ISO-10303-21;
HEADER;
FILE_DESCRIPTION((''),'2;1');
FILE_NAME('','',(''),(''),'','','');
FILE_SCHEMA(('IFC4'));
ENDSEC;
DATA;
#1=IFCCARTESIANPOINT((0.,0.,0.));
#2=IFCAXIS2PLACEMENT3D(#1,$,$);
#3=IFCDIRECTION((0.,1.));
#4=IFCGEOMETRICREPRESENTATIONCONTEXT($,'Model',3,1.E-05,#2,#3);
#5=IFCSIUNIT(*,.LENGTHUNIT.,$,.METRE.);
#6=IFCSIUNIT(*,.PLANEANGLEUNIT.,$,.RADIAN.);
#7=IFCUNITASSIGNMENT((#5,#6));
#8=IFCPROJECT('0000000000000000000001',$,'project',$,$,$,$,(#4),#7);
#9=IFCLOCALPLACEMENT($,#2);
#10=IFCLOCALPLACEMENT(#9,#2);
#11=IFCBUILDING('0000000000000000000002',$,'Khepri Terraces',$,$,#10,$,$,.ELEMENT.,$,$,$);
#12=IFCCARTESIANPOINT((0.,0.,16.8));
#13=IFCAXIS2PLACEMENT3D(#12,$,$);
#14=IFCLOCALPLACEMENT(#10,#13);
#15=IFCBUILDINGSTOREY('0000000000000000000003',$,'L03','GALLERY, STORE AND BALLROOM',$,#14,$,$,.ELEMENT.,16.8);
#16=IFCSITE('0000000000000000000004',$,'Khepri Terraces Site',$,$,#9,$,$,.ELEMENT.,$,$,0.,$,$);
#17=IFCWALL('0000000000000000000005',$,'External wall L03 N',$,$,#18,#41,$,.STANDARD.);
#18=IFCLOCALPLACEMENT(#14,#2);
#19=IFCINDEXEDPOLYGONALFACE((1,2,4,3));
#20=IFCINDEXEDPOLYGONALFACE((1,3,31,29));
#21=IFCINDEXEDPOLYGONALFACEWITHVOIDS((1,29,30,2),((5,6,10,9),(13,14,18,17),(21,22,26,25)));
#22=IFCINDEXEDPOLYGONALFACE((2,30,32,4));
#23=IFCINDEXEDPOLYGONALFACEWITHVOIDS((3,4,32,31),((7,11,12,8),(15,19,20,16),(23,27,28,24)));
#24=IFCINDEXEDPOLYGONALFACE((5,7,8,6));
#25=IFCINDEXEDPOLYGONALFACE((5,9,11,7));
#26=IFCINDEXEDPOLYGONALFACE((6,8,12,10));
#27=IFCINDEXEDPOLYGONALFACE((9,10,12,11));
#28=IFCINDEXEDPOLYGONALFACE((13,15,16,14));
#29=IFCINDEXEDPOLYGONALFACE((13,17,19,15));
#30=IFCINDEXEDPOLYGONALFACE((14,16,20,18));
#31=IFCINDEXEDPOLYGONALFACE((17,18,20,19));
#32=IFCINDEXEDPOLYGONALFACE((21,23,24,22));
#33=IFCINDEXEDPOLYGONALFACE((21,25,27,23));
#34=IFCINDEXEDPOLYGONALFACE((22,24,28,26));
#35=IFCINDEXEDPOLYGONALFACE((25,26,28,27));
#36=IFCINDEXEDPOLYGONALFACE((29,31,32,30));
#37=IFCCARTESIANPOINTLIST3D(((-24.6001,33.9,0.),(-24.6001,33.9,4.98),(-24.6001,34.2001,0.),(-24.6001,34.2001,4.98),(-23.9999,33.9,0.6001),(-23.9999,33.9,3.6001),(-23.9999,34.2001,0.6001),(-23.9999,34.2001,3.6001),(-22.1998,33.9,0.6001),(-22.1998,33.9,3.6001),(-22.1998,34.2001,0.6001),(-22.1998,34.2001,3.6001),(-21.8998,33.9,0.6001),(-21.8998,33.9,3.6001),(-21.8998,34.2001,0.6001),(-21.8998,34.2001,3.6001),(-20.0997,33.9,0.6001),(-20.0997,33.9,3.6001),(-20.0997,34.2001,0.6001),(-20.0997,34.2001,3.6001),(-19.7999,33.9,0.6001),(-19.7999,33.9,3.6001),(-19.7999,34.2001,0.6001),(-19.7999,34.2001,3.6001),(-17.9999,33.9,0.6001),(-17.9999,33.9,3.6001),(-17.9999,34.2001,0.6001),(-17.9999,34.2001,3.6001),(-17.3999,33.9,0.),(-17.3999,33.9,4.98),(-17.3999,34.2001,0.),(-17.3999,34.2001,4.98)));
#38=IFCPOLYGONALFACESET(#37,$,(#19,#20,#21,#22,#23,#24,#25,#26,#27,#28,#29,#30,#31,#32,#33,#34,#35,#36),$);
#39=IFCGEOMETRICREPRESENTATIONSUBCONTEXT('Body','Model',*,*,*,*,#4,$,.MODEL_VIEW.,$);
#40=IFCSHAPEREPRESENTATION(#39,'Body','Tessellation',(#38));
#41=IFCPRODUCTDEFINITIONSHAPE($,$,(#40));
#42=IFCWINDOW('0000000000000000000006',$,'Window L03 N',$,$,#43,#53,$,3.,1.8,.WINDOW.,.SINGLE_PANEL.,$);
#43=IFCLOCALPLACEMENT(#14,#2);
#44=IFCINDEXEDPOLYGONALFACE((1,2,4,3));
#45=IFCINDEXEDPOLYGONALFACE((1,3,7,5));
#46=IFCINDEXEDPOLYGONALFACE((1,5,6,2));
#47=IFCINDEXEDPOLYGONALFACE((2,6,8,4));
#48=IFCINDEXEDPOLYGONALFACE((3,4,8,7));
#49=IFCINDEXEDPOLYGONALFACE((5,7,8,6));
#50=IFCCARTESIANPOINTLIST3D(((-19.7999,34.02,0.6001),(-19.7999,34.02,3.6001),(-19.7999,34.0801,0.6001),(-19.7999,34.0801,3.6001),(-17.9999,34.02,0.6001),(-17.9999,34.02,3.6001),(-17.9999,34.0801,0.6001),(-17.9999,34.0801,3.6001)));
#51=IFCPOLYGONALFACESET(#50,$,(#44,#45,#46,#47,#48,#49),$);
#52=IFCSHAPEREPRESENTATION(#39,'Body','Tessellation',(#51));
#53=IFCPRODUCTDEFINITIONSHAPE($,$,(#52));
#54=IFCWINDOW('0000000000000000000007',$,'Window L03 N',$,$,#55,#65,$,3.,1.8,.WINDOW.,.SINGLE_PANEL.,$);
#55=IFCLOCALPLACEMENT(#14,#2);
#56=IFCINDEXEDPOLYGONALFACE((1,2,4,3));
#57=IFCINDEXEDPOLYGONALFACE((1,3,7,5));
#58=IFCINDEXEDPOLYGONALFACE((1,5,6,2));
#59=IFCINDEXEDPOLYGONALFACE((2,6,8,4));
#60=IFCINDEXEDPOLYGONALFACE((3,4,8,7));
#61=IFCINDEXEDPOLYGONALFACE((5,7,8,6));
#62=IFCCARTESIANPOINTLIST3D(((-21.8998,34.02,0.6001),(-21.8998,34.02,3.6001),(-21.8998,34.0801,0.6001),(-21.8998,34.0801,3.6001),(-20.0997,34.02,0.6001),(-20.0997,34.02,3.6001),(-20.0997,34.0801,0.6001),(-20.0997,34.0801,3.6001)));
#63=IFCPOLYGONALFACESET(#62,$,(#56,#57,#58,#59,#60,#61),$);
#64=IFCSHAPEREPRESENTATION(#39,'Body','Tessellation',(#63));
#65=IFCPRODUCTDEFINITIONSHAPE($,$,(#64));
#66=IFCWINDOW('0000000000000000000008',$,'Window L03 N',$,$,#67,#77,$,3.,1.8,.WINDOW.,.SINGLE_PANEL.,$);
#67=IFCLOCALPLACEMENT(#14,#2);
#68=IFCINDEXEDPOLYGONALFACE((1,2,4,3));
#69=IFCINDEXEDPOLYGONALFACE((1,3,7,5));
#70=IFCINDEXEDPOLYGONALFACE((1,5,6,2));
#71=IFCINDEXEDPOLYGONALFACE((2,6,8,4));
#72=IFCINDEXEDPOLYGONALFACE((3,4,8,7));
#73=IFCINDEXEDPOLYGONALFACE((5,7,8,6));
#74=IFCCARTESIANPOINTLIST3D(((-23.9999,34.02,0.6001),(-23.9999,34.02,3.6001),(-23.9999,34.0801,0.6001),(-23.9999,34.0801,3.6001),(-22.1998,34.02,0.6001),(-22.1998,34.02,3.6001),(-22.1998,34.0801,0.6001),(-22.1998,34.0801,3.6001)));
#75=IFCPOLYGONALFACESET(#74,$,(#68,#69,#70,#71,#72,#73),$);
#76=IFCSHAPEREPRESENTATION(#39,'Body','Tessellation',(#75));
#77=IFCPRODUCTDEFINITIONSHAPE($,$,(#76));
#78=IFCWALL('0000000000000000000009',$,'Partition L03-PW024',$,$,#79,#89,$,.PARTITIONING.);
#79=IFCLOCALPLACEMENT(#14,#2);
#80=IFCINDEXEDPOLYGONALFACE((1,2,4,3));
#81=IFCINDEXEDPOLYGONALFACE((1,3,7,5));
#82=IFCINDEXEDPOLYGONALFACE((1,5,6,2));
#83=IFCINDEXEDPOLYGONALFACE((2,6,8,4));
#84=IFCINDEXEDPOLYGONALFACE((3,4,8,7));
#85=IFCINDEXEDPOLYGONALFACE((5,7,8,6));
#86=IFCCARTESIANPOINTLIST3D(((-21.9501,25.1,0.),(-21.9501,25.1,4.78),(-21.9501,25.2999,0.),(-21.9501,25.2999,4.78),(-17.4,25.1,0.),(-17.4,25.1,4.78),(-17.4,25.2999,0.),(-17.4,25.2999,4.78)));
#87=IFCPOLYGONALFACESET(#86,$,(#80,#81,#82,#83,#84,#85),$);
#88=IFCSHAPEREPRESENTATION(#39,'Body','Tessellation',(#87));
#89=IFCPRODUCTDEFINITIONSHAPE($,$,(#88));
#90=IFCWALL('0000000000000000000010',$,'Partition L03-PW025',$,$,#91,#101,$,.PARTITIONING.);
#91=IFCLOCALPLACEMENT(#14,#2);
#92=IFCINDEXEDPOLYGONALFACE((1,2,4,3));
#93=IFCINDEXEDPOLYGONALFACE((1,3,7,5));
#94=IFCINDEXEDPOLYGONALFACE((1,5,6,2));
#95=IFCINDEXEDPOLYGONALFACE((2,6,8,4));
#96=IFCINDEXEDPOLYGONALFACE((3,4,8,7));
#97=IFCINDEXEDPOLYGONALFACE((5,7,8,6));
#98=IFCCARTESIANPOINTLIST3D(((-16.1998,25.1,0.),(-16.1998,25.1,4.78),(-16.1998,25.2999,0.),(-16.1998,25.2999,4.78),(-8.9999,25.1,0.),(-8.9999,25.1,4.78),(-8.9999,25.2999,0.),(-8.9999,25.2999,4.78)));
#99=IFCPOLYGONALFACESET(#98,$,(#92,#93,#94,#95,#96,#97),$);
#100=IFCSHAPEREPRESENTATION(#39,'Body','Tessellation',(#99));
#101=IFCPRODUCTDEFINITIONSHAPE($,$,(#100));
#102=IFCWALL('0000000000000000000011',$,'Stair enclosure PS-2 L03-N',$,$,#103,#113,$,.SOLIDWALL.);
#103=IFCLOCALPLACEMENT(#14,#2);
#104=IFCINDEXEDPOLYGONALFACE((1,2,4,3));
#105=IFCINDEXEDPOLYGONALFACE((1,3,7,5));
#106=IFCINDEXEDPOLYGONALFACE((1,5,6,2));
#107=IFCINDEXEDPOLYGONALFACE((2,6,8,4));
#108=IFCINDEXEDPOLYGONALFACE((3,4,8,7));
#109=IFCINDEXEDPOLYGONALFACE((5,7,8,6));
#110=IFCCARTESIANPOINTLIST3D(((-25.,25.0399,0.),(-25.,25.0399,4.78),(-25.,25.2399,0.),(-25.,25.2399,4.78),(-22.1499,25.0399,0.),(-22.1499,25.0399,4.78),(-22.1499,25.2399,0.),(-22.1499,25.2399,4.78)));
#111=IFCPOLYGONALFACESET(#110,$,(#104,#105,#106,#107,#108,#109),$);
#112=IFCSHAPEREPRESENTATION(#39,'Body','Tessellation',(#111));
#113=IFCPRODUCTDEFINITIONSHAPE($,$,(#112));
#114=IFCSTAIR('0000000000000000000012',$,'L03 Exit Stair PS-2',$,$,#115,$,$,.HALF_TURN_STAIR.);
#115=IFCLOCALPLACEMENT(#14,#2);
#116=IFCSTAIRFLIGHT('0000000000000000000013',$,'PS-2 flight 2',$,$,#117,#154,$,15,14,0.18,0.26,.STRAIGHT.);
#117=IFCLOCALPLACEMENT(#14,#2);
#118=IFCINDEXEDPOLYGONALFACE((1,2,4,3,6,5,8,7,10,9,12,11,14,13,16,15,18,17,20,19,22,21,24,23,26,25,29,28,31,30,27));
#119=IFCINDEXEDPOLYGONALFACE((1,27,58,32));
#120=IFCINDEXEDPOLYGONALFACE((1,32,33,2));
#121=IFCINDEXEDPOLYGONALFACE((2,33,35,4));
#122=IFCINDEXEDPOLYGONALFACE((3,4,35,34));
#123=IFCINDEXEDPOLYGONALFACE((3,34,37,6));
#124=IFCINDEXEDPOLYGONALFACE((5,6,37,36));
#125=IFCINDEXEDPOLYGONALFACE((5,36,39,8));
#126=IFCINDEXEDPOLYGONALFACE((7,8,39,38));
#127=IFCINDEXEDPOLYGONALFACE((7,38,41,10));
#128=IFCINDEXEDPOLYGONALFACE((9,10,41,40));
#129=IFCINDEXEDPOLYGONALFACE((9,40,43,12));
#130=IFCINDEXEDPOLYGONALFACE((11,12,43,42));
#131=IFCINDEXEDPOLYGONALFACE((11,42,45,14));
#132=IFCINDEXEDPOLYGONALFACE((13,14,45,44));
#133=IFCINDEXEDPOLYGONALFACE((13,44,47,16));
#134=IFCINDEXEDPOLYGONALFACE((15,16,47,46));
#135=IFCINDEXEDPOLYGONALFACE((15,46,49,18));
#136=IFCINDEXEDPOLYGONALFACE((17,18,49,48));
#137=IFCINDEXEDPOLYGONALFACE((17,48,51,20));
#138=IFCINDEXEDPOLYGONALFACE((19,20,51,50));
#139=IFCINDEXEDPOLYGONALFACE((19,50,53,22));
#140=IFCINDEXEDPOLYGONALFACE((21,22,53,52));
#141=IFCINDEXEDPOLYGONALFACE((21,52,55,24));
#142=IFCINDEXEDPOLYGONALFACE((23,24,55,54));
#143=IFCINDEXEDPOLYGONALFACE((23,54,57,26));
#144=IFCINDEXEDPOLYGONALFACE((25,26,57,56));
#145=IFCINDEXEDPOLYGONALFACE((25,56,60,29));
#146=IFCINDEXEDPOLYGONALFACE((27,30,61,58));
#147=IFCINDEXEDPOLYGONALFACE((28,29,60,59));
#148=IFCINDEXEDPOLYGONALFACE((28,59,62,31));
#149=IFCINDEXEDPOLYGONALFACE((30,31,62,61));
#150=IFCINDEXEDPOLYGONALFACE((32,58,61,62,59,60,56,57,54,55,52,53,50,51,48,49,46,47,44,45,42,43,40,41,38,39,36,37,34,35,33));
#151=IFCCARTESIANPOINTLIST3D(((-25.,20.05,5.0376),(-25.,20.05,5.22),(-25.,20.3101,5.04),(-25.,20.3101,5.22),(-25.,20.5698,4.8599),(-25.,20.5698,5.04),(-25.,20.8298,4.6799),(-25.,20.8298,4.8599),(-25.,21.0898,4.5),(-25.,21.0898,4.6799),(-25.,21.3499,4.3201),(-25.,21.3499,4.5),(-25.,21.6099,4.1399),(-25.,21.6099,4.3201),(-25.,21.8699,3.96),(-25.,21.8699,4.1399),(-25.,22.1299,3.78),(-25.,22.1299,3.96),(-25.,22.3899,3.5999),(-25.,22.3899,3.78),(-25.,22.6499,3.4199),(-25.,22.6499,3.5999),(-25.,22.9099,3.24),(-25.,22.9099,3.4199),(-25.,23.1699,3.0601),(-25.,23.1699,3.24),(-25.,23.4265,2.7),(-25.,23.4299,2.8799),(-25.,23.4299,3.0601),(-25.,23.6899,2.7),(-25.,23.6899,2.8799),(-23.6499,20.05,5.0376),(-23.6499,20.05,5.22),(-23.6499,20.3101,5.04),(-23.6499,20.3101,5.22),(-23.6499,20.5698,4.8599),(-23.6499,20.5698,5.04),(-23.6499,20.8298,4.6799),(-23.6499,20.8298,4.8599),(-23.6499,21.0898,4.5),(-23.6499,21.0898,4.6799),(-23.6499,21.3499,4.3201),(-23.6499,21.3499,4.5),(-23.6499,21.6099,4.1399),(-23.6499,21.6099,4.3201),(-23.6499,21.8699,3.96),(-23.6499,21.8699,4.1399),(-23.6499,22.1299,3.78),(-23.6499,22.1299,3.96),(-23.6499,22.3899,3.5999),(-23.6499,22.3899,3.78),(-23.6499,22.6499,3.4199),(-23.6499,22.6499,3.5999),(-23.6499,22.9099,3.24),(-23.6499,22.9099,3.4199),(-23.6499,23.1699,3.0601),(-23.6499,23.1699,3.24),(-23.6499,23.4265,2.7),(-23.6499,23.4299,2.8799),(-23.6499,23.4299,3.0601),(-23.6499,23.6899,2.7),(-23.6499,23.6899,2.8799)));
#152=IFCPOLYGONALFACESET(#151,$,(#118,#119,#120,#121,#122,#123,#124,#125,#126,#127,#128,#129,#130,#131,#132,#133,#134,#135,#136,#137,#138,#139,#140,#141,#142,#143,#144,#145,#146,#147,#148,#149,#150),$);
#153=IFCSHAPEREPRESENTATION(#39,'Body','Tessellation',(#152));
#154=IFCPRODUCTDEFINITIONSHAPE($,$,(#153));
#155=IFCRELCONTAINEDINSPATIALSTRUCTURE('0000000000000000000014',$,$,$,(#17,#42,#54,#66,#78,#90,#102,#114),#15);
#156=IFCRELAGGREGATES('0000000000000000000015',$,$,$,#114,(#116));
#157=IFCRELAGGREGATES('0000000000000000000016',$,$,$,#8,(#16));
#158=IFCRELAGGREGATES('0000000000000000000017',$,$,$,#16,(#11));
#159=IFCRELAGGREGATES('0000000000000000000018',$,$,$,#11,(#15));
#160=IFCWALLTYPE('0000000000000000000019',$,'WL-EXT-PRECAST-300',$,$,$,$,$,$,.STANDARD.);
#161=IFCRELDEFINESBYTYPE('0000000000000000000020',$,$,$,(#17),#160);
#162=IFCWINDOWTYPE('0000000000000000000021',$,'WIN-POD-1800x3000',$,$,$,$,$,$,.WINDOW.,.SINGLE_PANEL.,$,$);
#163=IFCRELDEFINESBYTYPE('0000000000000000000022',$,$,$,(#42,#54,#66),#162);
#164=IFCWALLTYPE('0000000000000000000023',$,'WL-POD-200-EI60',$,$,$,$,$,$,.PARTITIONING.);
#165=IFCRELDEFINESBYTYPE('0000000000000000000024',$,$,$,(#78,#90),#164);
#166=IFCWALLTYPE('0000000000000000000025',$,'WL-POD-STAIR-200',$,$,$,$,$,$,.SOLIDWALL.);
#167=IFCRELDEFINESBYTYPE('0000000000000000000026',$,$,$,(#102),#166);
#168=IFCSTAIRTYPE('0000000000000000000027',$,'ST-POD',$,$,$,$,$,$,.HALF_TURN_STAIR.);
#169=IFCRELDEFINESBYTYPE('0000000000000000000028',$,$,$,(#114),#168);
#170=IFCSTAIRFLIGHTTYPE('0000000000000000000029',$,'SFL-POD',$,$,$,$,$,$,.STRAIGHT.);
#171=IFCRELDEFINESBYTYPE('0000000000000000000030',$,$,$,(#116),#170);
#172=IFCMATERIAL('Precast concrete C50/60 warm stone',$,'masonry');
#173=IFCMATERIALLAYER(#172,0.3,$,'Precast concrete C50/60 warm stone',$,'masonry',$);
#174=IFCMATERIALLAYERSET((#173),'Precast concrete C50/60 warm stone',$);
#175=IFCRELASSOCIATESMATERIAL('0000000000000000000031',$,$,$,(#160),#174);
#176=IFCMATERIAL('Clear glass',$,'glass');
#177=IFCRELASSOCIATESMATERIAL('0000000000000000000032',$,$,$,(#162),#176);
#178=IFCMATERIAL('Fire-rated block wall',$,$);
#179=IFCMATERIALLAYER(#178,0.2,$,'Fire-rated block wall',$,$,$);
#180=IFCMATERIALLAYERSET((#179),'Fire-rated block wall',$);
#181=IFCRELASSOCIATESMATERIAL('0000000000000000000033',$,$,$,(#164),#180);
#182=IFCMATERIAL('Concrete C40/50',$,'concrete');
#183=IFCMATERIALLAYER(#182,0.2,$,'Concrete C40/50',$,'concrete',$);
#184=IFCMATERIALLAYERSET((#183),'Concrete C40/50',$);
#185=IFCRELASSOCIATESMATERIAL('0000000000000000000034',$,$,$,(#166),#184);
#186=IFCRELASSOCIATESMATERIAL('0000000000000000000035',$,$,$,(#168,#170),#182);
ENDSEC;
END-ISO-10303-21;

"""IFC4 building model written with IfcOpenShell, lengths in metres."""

from ifc_helpers import new_model, si_unit, direction, frame, frame_2d, origin, place, context, subcontext, project, spatial, polyline, rectangle, outline, extrude, material, layer, layer_set, type_object, element, fill, aggregate, save


model = new_model("IFC4")

# Units and contexts
model_context = context("Model", 3, precision=1e-05, world=origin(), true_north=direction((0.0, 1.0)))
body_context = subcontext(model_context, "Body", "Model", "MODEL_VIEW")
ifc_project = project(units=[si_unit("LENGTHUNIT", "METRE"), si_unit("PLANEANGLEUNIT", "RADIAN")], contexts=[model_context])

# Site, building, storey
site_placement = place(None, origin())
site = spatial("IfcSite", under=ifc_project, at=site_placement, Name="Khepri Terraces Site", CompositionType="ELEMENT", RefElevation=0.0)
building_placement = place(site_placement, origin())
building = spatial("IfcBuilding", under=site, at=building_placement, Name="Khepri Terraces", CompositionType="ELEMENT")
storey_placement = place(building_placement, frame((0.0, 0.0, 16.8)))
storey = spatial("IfcBuildingStorey", under=building, at=storey_placement, Name="L03", Description="GALLERY, STORE AND BALLROOM", CompositionType="ELEMENT", Elevation=16.8)

# Shared definitions
ifc_material_1 = material(Name="Clear glass", Category="glass")

# Wall, openings, windows
ifc_material_2 = material(Name="Precast concrete C50/60 warm stone", Category="masonry")
ifc_layer_1 = layer(ifc_material_2, 0.3, Name="Precast concrete C50/60 warm stone", Category="masonry")
ifc_layer_set_1 = layer_set([ifc_layer_1], Name="Precast concrete C50/60 warm stone")
wall_type_1 = type_object("IfcWallType", Name="WL-EXT-PRECAST-300", PredefinedType="STANDARD", material=ifc_layer_set_1)
wall_1_placement = place(storey_placement, frame((-17.3999, 34.05, 0.0), z_axis=(0.0, 0.0, 1.0), x_axis=(-1.0, 0.0, 0.0)))
wall_1 = element("IfcWall", 1, at=wall_1_placement, inside=storey, type_object=wall_type_1, Name="External wall L03 N", PredefinedType="STANDARD", context=body_context, shape_type="SweptSolid", body=[
    extrude(rectangle(XDim=7.2002, YDim=0.3, at=frame_2d((3.6001, 0.0))), origin(), (0.0, 0.0, 1.0), 4.98),
])
opening_1_placement = place(wall_1_placement, frame((0.6001, 0.0, 0.6001)))
opening_1 = element("IfcOpeningElement", 2, at=opening_1_placement, cuts=wall_1, PredefinedType="OPENING", context=body_context, shape_type="SweptSolid", body=[
    extrude(rectangle(XDim=1.8, YDim=3.0, at=frame_2d((0.8999, 1.5))), frame((0.0, 0.1602, 0.0), z_axis=(0.0, -1.0, 0.0), x_axis=(1.0, 0.0, 0.0)), (0.0, 0.0, 1.0), 0.3201),
])
opening_2_placement = place(wall_1_placement, frame((2.7, 0.0, 0.6001)))
opening_2 = element("IfcOpeningElement", 3, at=opening_2_placement, cuts=wall_1, PredefinedType="OPENING", context=body_context, shape_type="SweptSolid", body=[
    extrude(rectangle(XDim=1.8, YDim=3.0, at=frame_2d((0.8999, 1.5))), frame((0.0, 0.1602, 0.0), z_axis=(0.0, -1.0, 0.0), x_axis=(1.0, 0.0, 0.0)), (0.0, 0.0, 1.0), 0.3201),
])
opening_3_placement = place(wall_1_placement, frame((4.8, 0.0, 0.6001)))
opening_3 = element("IfcOpeningElement", 4, at=opening_3_placement, cuts=wall_1, PredefinedType="OPENING", context=body_context, shape_type="SweptSolid", body=[
    extrude(rectangle(XDim=1.8, YDim=3.0, at=frame_2d((0.8999, 1.5))), frame((0.0, 0.1602, 0.0), z_axis=(0.0, -1.0, 0.0), x_axis=(1.0, 0.0, 0.0)), (0.0, 0.0, 1.0), 0.3201),
])
window_type = type_object("IfcWindowType", Name="WIN-POD-1800x3000", PartitioningType="SINGLE_PANEL", PredefinedType="WINDOW", material=ifc_material_1)
window_1_placement = place(opening_1_placement, origin())
window_1 = element("IfcWindow", 5, at=window_1_placement, inside=storey, type_object=window_type, Name="Window L03 N", OverallHeight=3.0, OverallWidth=1.8, PartitioningType="SINGLE_PANEL", PredefinedType="WINDOW", context=body_context, shape_type="SweptSolid", body=[
    extrude(rectangle(XDim=1.8, YDim=3.0, at=frame_2d((0.8999, 1.5))), frame((0.0, 0.03, 0.0), z_axis=(0.0, -1.0, 0.0), x_axis=(1.0, 0.0, 0.0)), (0.0, 0.0, 1.0), 0.0601),
])
fill(opening_1, window_1)
window_2_placement = place(opening_2_placement, origin())
window_2 = element("IfcWindow", 6, at=window_2_placement, inside=storey, type_object=window_type, Name="Window L03 N", OverallHeight=3.0, OverallWidth=1.8, PartitioningType="SINGLE_PANEL", PredefinedType="WINDOW", context=body_context, shape_type="SweptSolid", body=[
    extrude(rectangle(XDim=1.8, YDim=3.0, at=frame_2d((0.8999, 1.5))), frame((0.0, 0.03, 0.0), z_axis=(0.0, -1.0, 0.0), x_axis=(1.0, 0.0, 0.0)), (0.0, 0.0, 1.0), 0.0601),
])
fill(opening_2, window_2)
window_3_placement = place(opening_3_placement, origin())
window_3 = element("IfcWindow", 7, at=window_3_placement, inside=storey, type_object=window_type, Name="Window L03 N", OverallHeight=3.0, OverallWidth=1.8, PartitioningType="SINGLE_PANEL", PredefinedType="WINDOW", context=body_context, shape_type="SweptSolid", body=[
    extrude(rectangle(XDim=1.8, YDim=3.0, at=frame_2d((0.8999, 1.5))), frame((0.0, 0.03, 0.0), z_axis=(0.0, -1.0, 0.0), x_axis=(1.0, 0.0, 0.0)), (0.0, 0.0, 1.0), 0.0601),
])
fill(opening_3, window_3)

# Walls
ifc_material_3 = material(Name="Fire-rated block wall")
ifc_layer_2 = layer(ifc_material_3, 0.2, Name="Fire-rated block wall")
ifc_layer_set_2 = layer_set([ifc_layer_2], Name="Fire-rated block wall")
wall_type_2 = type_object("IfcWallType", Name="WL-POD-200-EI60", PredefinedType="PARTITIONING", material=ifc_layer_set_2)
wall_2_placement = place(storey_placement, frame((-21.95, 25.2, 0.0), z_axis=(0.0, 0.0, 1.0), x_axis=(1.0, 0.0, 0.0)))
element("IfcWall", 8, at=wall_2_placement, inside=storey, type_object=wall_type_2, Name="Partition L03-PW024", PredefinedType="PARTITIONING", context=body_context, shape_type="SweptSolid", body=[
    extrude(rectangle(XDim=4.55, YDim=0.2, at=frame_2d((2.2749, 0.0))), origin(), (0.0, 0.0, 1.0), 4.78),
])
wall_3_placement = place(storey_placement, frame((-16.2, 25.2, 0.0), z_axis=(0.0, 0.0, 1.0), x_axis=(1.0, 0.0, 0.0)))
element("IfcWall", 9, at=wall_3_placement, inside=storey, type_object=wall_type_2, Name="Partition L03-PW025", PredefinedType="PARTITIONING", context=body_context, shape_type="SweptSolid", body=[
    extrude(rectangle(XDim=7.2, YDim=0.2, at=frame_2d((3.6001, 0.0))), origin(), (0.0, 0.0, 1.0), 4.78),
])
ifc_material_4 = material(Name="Concrete C40/50", Category="concrete")
ifc_layer_3 = layer(ifc_material_4, 0.2, Name="Concrete C40/50", Category="concrete")
ifc_layer_set_3 = layer_set([ifc_layer_3], Name="Concrete C40/50")
wall_type_3 = type_object("IfcWallType", Name="WL-POD-STAIR-200", PredefinedType="SOLIDWALL", material=ifc_layer_set_3)
wall_4_placement = place(storey_placement, frame((-25.0, 25.1399, 0.0), z_axis=(0.0, 0.0, 1.0), x_axis=(1.0, 0.0, 0.0)))
element("IfcWall", 10, at=wall_4_placement, inside=storey, type_object=wall_type_3, Name="Stair enclosure PS-2 L03-N", PredefinedType="SOLIDWALL", context=body_context, shape_type="SweptSolid", body=[
    extrude(rectangle(XDim=2.8501, YDim=0.2, at=frame_2d((1.425, 0.0))), origin(), (0.0, 0.0, 1.0), 4.78),
])

# Stair, stair flight
stair_type = type_object("IfcStairType", Name="ST-POD", PredefinedType="HALF_TURN_STAIR", material=ifc_material_4)
stair_placement = place(storey_placement, origin())
stair = element("IfcStair", 11, at=stair_placement, inside=storey, type_object=stair_type, Name="L03 Exit Stair PS-2", PredefinedType="HALF_TURN_STAIR")
stair_flight_type = type_object("IfcStairFlightType", Name="SFL-POD", PredefinedType="STRAIGHT", material=ifc_material_4)
stair_flight_placement = place(storey_placement, frame((-24.325, 23.6899, 2.7), z_axis=(0.0, 0.0, 1.0), x_axis=(0.0, -1.0, 0.0)))
stair_flight = element("IfcStairFlight", 12, at=stair_flight_placement, type_object=stair_flight_type, Name="PS-2 flight 2", NumberOfRisers=15, NumberOfTreads=14, PredefinedType="STRAIGHT", RiserHeight=0.18, TreadLength=0.26, context=body_context, shape_type="SweptSolid", body=[
    extrude(outline(polyline([(0.0, 0.0), (0.0, 0.1799), (0.26, 0.1799), (0.26, 0.3601), (0.52, 0.3601), (0.52, 0.54), (0.78, 0.54), (0.78, 0.72), (1.04, 0.72), (1.04, 0.8999), (1.3, 0.8999), (1.3, 1.0801), (1.5601, 1.0801), (1.5601, 1.26), (1.8201, 1.26), (1.8201, 1.4399), (2.0801, 1.4399), (2.0801, 1.6201), (2.3401, 1.6201), (2.3401, 1.8), (2.6001, 1.8), (2.6001, 1.98), (2.8601, 1.98), (2.8601, 2.1599), (3.1201, 2.1599), (3.1201, 2.3401), (3.3799, 2.3401), (3.3799, 2.52), (3.6399, 2.52), (3.6399, 2.7), (3.6399, 2.3376), (0.2634, 0.0), (0.0, 0.0)])), frame((0.0, 0.675, 0.0), z_axis=(0.0, -1.0, 0.0), x_axis=(1.0, 0.0, 0.0)), (0.0, 0.0, 1.0), 1.3501),
])
aggregate(stair, [stair_flight])

save(model, "model.ifc")
